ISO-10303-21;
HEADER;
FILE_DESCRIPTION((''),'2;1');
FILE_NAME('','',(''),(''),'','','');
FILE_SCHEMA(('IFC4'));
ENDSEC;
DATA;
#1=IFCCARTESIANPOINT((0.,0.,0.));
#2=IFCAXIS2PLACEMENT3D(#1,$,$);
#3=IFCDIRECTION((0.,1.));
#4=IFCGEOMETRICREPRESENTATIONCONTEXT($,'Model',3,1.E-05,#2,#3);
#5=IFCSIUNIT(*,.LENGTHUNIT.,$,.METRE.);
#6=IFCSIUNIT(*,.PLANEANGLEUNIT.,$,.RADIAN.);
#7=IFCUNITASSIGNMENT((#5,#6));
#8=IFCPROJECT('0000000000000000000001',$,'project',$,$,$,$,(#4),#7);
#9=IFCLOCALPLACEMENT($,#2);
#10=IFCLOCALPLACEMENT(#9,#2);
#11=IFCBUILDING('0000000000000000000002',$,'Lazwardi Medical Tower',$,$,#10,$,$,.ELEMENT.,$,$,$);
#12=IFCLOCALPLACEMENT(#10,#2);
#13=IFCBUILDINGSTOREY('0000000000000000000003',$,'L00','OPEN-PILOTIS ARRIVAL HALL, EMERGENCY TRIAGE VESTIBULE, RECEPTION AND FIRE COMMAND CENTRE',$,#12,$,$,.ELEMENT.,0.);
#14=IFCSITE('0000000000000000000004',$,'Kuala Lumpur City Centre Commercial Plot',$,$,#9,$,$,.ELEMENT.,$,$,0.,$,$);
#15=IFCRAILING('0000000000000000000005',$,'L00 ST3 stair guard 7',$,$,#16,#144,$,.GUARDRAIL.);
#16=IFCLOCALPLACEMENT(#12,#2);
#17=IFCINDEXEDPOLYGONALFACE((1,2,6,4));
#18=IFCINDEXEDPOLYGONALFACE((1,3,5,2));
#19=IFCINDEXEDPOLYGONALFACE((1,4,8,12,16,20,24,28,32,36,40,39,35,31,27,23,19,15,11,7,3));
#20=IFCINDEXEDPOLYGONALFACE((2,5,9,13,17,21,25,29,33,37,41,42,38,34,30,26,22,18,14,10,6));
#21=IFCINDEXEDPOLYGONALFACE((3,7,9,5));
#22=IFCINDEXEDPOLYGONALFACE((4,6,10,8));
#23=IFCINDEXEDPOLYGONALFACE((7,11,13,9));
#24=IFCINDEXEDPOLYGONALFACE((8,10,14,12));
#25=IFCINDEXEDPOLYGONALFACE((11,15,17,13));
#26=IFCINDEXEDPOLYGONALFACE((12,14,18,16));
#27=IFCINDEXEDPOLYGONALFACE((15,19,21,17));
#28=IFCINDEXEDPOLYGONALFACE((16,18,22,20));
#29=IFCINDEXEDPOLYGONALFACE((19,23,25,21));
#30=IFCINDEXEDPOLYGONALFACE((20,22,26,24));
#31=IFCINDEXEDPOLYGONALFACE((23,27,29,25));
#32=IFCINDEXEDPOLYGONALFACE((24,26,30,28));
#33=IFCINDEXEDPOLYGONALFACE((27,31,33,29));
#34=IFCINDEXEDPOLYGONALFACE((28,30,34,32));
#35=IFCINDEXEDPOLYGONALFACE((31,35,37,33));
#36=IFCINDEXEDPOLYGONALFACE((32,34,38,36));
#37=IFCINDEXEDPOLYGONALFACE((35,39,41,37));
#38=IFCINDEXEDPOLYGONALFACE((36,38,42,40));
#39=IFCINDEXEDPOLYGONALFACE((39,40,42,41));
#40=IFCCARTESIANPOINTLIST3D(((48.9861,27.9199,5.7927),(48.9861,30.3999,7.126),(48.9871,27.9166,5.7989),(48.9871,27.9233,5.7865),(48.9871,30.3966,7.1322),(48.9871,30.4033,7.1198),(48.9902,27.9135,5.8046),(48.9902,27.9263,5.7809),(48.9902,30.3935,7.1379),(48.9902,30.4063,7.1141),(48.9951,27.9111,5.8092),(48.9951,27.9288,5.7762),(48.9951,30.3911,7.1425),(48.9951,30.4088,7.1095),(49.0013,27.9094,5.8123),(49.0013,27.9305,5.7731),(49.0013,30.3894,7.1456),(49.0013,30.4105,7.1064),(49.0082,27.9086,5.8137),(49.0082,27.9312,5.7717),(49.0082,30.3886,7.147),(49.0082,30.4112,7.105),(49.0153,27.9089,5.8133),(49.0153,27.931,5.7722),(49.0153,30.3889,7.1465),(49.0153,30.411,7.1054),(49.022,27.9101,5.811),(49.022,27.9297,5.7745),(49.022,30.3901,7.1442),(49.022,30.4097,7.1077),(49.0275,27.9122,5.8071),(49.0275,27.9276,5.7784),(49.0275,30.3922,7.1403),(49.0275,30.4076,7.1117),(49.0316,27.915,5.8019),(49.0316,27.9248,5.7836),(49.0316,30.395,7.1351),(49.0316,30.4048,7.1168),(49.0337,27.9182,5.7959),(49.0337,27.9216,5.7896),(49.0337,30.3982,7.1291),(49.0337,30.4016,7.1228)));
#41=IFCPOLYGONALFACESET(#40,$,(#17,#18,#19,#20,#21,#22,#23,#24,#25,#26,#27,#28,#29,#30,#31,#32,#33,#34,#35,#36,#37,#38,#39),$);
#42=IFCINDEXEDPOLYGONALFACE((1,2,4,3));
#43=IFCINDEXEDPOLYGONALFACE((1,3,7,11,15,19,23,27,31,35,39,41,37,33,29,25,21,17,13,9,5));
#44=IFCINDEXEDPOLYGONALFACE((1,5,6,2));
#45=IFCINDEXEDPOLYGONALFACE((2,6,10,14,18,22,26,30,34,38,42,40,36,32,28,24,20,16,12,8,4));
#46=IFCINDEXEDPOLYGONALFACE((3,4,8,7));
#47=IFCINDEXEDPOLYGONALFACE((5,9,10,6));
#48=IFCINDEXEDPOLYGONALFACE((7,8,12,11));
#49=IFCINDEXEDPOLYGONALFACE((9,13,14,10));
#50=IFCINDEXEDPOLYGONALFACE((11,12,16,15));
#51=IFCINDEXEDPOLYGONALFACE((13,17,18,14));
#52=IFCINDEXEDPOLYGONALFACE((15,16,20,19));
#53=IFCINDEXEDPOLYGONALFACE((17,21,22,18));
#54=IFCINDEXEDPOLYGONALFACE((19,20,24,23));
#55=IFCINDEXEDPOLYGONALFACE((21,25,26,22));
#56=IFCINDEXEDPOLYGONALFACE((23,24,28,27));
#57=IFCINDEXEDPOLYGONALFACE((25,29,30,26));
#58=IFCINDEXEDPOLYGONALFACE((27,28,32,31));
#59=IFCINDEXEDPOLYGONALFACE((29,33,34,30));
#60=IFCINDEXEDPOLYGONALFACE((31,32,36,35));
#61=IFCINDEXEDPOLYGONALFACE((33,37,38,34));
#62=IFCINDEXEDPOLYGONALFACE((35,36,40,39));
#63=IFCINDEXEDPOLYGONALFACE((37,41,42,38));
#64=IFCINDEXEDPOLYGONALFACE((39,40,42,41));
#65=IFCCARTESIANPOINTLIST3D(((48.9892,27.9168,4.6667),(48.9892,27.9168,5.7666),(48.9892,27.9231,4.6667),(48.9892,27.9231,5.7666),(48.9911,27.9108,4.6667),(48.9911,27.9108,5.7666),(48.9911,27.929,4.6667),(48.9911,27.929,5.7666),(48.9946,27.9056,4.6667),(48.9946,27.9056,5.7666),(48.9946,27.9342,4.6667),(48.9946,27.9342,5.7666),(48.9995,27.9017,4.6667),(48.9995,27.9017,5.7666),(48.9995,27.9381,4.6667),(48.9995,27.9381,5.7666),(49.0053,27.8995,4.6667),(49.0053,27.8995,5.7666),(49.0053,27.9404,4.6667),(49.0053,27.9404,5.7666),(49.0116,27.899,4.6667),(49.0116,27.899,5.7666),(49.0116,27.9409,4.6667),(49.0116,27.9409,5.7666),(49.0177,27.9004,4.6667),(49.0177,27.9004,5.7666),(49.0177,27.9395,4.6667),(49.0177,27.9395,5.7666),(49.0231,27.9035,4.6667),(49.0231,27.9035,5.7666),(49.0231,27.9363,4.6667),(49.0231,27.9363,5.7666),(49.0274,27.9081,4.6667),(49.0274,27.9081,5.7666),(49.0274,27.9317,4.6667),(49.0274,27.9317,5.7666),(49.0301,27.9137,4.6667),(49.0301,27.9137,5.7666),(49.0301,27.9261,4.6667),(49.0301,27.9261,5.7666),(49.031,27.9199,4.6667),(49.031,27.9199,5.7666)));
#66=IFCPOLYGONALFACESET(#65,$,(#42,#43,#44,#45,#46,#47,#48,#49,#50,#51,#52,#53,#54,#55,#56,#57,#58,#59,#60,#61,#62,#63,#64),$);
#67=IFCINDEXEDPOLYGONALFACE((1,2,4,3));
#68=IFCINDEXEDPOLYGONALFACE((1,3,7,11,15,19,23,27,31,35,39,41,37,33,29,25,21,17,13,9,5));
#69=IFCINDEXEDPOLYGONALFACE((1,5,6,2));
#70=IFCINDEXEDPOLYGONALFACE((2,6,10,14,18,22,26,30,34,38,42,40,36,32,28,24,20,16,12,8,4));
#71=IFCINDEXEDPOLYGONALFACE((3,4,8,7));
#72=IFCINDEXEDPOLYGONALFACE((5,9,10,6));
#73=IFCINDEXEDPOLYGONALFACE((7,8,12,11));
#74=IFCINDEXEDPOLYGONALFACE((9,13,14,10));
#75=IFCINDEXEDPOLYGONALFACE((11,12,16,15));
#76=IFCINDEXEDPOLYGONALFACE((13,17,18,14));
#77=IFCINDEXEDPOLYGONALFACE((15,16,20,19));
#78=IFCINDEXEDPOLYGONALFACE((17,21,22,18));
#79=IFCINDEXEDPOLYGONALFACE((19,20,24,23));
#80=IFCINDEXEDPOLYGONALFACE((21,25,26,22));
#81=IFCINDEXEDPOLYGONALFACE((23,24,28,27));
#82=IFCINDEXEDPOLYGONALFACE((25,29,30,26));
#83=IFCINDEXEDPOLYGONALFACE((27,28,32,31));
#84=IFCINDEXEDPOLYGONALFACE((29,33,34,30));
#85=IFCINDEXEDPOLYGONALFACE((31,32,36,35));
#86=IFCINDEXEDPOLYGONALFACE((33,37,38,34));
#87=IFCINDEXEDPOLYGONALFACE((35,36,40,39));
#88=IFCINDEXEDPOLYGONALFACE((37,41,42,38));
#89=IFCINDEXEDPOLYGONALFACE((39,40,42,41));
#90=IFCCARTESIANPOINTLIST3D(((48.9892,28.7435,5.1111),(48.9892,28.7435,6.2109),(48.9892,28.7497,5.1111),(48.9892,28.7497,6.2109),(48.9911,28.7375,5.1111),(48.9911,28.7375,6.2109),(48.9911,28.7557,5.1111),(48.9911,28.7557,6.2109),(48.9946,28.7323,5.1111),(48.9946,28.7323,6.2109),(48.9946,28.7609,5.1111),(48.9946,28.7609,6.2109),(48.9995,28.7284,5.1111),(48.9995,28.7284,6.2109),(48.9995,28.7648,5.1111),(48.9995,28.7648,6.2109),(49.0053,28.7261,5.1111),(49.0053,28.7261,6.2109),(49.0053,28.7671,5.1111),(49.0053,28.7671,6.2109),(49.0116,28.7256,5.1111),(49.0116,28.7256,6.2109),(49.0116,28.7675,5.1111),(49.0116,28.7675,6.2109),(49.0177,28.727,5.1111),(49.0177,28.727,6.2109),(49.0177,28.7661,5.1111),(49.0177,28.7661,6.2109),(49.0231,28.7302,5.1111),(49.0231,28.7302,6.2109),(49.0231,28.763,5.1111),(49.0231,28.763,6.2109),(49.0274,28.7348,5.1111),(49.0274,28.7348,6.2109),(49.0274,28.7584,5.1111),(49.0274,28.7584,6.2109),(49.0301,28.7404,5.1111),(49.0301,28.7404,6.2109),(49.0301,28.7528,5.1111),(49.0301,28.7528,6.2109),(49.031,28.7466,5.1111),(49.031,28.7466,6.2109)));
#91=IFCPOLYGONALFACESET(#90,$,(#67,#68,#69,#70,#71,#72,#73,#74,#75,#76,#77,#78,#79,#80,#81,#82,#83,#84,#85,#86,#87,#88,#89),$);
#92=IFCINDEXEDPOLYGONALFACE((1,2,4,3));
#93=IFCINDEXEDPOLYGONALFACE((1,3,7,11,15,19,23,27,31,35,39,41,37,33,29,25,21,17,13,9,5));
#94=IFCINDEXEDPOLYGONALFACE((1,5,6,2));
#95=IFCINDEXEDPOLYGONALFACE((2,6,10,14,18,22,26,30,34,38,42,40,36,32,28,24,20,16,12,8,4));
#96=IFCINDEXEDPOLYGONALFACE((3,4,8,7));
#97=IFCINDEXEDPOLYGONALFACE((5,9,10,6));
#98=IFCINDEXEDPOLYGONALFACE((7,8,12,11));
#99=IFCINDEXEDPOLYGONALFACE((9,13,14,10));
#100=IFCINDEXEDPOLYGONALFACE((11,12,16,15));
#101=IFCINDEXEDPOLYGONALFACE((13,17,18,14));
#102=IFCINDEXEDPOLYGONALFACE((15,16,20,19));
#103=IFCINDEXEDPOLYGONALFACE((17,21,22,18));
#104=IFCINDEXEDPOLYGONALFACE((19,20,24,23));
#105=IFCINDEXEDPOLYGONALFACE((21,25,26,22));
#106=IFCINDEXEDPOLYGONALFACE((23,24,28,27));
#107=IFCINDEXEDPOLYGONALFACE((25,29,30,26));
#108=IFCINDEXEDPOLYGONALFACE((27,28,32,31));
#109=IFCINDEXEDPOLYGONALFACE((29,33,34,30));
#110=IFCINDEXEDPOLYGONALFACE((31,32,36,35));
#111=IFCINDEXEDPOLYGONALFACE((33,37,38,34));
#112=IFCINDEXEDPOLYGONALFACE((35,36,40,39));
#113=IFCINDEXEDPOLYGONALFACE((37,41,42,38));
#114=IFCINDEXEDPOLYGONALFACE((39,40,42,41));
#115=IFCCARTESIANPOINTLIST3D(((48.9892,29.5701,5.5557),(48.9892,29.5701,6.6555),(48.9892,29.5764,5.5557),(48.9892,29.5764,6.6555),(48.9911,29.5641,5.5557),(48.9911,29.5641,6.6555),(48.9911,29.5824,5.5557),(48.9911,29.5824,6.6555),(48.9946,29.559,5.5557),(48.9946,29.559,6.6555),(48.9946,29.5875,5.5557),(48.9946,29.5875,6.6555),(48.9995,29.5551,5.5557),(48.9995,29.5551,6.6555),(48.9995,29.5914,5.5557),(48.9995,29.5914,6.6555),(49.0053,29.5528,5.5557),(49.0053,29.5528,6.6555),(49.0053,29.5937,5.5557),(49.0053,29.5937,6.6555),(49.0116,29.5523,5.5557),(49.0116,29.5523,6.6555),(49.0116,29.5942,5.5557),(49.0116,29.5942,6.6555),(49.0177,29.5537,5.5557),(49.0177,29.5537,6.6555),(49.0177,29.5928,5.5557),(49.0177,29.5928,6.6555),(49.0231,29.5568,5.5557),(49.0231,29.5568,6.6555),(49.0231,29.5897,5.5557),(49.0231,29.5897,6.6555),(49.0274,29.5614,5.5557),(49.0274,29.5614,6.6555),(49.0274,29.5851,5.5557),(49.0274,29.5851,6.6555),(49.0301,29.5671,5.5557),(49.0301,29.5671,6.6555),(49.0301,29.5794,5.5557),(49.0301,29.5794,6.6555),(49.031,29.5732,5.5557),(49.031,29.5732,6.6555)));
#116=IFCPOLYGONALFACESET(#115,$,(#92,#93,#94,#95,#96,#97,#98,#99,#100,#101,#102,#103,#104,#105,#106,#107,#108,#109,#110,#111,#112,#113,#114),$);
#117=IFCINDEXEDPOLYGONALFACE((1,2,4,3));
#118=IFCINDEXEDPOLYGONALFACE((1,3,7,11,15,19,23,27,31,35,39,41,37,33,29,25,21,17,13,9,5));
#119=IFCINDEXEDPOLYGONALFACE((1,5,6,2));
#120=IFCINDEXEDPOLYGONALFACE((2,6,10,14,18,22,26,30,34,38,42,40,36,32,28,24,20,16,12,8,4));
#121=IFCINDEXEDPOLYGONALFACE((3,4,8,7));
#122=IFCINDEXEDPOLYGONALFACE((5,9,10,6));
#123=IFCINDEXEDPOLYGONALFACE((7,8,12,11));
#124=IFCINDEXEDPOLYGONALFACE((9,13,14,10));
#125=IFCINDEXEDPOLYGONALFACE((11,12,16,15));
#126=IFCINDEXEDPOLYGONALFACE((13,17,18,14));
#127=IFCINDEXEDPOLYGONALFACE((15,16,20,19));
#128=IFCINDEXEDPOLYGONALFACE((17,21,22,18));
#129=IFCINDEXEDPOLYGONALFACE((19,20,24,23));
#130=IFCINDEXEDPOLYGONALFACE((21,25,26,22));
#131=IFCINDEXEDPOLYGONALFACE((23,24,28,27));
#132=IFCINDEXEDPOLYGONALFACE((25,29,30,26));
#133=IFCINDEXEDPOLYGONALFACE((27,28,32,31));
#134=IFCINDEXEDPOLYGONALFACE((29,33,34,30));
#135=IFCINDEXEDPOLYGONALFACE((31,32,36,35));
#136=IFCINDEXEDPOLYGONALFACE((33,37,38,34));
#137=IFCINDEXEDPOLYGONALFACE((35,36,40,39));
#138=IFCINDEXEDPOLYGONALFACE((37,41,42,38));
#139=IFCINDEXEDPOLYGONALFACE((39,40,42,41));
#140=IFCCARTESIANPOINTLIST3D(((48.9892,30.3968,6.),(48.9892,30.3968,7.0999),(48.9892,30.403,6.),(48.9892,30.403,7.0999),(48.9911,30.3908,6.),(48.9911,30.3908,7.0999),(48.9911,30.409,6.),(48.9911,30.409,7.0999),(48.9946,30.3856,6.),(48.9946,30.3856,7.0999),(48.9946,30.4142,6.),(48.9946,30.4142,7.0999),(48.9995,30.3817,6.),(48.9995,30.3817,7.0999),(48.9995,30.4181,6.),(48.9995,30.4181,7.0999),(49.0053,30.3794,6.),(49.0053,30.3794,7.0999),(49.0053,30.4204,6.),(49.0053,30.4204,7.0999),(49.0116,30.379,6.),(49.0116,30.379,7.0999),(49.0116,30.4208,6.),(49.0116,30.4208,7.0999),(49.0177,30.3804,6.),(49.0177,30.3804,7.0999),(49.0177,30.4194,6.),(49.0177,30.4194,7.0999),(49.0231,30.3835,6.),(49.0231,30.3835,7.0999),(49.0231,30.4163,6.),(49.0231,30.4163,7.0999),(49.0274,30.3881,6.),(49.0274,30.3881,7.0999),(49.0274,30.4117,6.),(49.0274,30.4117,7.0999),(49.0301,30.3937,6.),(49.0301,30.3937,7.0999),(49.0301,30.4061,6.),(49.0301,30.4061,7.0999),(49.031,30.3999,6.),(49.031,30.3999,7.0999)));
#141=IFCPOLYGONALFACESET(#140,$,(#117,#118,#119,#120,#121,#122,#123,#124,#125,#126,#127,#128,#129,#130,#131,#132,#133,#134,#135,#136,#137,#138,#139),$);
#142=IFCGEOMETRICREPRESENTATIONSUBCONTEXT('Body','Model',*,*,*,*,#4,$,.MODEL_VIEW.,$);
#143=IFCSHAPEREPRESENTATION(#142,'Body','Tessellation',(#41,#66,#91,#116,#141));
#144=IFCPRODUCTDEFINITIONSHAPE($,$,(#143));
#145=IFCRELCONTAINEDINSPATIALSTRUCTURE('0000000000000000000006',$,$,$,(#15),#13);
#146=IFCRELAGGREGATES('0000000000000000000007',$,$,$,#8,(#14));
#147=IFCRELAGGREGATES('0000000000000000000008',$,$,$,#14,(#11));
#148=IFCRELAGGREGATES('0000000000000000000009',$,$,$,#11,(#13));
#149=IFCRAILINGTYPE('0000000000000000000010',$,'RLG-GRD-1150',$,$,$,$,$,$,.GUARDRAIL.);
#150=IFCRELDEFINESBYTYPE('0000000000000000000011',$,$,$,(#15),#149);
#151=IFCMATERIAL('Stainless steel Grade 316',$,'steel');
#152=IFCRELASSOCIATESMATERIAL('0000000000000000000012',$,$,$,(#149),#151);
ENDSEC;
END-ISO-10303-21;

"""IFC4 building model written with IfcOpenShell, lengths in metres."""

from ifc_helpers import new_model, si_unit, direction, frame, origin, origin_2d, place, context, subcontext, project, spatial, circle, extrude, material, type_object, element, save


model = new_model("IFC4")

# Units and contexts
model_context = context("Model", 3, precision=1e-05, world=origin(), true_north=direction((0.0, 1.0)))
body_context = subcontext(model_context, "Body", "Model", "MODEL_VIEW")
ifc_project = project(units=[si_unit("LENGTHUNIT", "METRE"), si_unit("PLANEANGLEUNIT", "RADIAN")], contexts=[model_context])

# Site, building, storey
site_placement = place(None, origin())
site = spatial("IfcSite", under=ifc_project, at=site_placement, Name="Kuala Lumpur City Centre Commercial Plot", CompositionType="ELEMENT", RefElevation=0.0)
building_placement = place(site_placement, origin())
building = spatial("IfcBuilding", under=site, at=building_placement, Name="Lazwardi Medical Tower", CompositionType="ELEMENT")
storey_placement = place(building_placement, origin())
storey = spatial("IfcBuildingStorey", under=building, at=storey_placement, Name="L00", Description="OPEN-PILOTIS ARRIVAL HALL, EMERGENCY TRIAGE VESTIBULE, RECEPTION AND FIRE COMMAND CENTRE", CompositionType="ELEMENT", Elevation=0.0)

# Railing
ifc_material_1 = material(Name="Stainless steel Grade 316", Category="steel")
railing_type_1 = type_object("IfcRailingType", Name="RLG-GRD-1150", PredefinedType="GUARDRAIL", material=ifc_material_1)
for number, where, name in (
    (1, (49.01, 27.9199, 4.6667), "L00 ST3 stair guard 7"),
):
    element("IfcRailing", number, at=place(storey_placement, frame(where)), inside=storey, type_object=railing_type_1, Name=name, PredefinedType="GUARDRAIL", context=body_context, shape_type="SweptSolid", body=[
        extrude(circle(Radius=0.0239, at=origin_2d()), frame((0.0, 0.0, 1.126), z_axis=(0.0, 0.880786, 0.473515), x_axis=(-1.0, 0.0, 0.0)), (0.0, 0.0, 1.0), 2.8157),
        extrude(circle(Radius=0.021, at=origin_2d()), origin(), (0.0, 0.0, 1.0), 1.0999),
        extrude(circle(Radius=0.021, at=origin_2d()), frame((0.0, 0.8267, 0.4443)), (0.0, 0.0, 1.0), 1.0999),
        extrude(circle(Radius=0.021, at=origin_2d()), frame((0.0, 1.6533, 0.8889)), (0.0, 0.0, 1.0), 1.0999),
        extrude(circle(Radius=0.021, at=origin_2d()), frame((0.0, 2.48, 1.3333)), (0.0, 0.0, 1.0), 1.0999),
    ])

save(model, "model.ifc")
